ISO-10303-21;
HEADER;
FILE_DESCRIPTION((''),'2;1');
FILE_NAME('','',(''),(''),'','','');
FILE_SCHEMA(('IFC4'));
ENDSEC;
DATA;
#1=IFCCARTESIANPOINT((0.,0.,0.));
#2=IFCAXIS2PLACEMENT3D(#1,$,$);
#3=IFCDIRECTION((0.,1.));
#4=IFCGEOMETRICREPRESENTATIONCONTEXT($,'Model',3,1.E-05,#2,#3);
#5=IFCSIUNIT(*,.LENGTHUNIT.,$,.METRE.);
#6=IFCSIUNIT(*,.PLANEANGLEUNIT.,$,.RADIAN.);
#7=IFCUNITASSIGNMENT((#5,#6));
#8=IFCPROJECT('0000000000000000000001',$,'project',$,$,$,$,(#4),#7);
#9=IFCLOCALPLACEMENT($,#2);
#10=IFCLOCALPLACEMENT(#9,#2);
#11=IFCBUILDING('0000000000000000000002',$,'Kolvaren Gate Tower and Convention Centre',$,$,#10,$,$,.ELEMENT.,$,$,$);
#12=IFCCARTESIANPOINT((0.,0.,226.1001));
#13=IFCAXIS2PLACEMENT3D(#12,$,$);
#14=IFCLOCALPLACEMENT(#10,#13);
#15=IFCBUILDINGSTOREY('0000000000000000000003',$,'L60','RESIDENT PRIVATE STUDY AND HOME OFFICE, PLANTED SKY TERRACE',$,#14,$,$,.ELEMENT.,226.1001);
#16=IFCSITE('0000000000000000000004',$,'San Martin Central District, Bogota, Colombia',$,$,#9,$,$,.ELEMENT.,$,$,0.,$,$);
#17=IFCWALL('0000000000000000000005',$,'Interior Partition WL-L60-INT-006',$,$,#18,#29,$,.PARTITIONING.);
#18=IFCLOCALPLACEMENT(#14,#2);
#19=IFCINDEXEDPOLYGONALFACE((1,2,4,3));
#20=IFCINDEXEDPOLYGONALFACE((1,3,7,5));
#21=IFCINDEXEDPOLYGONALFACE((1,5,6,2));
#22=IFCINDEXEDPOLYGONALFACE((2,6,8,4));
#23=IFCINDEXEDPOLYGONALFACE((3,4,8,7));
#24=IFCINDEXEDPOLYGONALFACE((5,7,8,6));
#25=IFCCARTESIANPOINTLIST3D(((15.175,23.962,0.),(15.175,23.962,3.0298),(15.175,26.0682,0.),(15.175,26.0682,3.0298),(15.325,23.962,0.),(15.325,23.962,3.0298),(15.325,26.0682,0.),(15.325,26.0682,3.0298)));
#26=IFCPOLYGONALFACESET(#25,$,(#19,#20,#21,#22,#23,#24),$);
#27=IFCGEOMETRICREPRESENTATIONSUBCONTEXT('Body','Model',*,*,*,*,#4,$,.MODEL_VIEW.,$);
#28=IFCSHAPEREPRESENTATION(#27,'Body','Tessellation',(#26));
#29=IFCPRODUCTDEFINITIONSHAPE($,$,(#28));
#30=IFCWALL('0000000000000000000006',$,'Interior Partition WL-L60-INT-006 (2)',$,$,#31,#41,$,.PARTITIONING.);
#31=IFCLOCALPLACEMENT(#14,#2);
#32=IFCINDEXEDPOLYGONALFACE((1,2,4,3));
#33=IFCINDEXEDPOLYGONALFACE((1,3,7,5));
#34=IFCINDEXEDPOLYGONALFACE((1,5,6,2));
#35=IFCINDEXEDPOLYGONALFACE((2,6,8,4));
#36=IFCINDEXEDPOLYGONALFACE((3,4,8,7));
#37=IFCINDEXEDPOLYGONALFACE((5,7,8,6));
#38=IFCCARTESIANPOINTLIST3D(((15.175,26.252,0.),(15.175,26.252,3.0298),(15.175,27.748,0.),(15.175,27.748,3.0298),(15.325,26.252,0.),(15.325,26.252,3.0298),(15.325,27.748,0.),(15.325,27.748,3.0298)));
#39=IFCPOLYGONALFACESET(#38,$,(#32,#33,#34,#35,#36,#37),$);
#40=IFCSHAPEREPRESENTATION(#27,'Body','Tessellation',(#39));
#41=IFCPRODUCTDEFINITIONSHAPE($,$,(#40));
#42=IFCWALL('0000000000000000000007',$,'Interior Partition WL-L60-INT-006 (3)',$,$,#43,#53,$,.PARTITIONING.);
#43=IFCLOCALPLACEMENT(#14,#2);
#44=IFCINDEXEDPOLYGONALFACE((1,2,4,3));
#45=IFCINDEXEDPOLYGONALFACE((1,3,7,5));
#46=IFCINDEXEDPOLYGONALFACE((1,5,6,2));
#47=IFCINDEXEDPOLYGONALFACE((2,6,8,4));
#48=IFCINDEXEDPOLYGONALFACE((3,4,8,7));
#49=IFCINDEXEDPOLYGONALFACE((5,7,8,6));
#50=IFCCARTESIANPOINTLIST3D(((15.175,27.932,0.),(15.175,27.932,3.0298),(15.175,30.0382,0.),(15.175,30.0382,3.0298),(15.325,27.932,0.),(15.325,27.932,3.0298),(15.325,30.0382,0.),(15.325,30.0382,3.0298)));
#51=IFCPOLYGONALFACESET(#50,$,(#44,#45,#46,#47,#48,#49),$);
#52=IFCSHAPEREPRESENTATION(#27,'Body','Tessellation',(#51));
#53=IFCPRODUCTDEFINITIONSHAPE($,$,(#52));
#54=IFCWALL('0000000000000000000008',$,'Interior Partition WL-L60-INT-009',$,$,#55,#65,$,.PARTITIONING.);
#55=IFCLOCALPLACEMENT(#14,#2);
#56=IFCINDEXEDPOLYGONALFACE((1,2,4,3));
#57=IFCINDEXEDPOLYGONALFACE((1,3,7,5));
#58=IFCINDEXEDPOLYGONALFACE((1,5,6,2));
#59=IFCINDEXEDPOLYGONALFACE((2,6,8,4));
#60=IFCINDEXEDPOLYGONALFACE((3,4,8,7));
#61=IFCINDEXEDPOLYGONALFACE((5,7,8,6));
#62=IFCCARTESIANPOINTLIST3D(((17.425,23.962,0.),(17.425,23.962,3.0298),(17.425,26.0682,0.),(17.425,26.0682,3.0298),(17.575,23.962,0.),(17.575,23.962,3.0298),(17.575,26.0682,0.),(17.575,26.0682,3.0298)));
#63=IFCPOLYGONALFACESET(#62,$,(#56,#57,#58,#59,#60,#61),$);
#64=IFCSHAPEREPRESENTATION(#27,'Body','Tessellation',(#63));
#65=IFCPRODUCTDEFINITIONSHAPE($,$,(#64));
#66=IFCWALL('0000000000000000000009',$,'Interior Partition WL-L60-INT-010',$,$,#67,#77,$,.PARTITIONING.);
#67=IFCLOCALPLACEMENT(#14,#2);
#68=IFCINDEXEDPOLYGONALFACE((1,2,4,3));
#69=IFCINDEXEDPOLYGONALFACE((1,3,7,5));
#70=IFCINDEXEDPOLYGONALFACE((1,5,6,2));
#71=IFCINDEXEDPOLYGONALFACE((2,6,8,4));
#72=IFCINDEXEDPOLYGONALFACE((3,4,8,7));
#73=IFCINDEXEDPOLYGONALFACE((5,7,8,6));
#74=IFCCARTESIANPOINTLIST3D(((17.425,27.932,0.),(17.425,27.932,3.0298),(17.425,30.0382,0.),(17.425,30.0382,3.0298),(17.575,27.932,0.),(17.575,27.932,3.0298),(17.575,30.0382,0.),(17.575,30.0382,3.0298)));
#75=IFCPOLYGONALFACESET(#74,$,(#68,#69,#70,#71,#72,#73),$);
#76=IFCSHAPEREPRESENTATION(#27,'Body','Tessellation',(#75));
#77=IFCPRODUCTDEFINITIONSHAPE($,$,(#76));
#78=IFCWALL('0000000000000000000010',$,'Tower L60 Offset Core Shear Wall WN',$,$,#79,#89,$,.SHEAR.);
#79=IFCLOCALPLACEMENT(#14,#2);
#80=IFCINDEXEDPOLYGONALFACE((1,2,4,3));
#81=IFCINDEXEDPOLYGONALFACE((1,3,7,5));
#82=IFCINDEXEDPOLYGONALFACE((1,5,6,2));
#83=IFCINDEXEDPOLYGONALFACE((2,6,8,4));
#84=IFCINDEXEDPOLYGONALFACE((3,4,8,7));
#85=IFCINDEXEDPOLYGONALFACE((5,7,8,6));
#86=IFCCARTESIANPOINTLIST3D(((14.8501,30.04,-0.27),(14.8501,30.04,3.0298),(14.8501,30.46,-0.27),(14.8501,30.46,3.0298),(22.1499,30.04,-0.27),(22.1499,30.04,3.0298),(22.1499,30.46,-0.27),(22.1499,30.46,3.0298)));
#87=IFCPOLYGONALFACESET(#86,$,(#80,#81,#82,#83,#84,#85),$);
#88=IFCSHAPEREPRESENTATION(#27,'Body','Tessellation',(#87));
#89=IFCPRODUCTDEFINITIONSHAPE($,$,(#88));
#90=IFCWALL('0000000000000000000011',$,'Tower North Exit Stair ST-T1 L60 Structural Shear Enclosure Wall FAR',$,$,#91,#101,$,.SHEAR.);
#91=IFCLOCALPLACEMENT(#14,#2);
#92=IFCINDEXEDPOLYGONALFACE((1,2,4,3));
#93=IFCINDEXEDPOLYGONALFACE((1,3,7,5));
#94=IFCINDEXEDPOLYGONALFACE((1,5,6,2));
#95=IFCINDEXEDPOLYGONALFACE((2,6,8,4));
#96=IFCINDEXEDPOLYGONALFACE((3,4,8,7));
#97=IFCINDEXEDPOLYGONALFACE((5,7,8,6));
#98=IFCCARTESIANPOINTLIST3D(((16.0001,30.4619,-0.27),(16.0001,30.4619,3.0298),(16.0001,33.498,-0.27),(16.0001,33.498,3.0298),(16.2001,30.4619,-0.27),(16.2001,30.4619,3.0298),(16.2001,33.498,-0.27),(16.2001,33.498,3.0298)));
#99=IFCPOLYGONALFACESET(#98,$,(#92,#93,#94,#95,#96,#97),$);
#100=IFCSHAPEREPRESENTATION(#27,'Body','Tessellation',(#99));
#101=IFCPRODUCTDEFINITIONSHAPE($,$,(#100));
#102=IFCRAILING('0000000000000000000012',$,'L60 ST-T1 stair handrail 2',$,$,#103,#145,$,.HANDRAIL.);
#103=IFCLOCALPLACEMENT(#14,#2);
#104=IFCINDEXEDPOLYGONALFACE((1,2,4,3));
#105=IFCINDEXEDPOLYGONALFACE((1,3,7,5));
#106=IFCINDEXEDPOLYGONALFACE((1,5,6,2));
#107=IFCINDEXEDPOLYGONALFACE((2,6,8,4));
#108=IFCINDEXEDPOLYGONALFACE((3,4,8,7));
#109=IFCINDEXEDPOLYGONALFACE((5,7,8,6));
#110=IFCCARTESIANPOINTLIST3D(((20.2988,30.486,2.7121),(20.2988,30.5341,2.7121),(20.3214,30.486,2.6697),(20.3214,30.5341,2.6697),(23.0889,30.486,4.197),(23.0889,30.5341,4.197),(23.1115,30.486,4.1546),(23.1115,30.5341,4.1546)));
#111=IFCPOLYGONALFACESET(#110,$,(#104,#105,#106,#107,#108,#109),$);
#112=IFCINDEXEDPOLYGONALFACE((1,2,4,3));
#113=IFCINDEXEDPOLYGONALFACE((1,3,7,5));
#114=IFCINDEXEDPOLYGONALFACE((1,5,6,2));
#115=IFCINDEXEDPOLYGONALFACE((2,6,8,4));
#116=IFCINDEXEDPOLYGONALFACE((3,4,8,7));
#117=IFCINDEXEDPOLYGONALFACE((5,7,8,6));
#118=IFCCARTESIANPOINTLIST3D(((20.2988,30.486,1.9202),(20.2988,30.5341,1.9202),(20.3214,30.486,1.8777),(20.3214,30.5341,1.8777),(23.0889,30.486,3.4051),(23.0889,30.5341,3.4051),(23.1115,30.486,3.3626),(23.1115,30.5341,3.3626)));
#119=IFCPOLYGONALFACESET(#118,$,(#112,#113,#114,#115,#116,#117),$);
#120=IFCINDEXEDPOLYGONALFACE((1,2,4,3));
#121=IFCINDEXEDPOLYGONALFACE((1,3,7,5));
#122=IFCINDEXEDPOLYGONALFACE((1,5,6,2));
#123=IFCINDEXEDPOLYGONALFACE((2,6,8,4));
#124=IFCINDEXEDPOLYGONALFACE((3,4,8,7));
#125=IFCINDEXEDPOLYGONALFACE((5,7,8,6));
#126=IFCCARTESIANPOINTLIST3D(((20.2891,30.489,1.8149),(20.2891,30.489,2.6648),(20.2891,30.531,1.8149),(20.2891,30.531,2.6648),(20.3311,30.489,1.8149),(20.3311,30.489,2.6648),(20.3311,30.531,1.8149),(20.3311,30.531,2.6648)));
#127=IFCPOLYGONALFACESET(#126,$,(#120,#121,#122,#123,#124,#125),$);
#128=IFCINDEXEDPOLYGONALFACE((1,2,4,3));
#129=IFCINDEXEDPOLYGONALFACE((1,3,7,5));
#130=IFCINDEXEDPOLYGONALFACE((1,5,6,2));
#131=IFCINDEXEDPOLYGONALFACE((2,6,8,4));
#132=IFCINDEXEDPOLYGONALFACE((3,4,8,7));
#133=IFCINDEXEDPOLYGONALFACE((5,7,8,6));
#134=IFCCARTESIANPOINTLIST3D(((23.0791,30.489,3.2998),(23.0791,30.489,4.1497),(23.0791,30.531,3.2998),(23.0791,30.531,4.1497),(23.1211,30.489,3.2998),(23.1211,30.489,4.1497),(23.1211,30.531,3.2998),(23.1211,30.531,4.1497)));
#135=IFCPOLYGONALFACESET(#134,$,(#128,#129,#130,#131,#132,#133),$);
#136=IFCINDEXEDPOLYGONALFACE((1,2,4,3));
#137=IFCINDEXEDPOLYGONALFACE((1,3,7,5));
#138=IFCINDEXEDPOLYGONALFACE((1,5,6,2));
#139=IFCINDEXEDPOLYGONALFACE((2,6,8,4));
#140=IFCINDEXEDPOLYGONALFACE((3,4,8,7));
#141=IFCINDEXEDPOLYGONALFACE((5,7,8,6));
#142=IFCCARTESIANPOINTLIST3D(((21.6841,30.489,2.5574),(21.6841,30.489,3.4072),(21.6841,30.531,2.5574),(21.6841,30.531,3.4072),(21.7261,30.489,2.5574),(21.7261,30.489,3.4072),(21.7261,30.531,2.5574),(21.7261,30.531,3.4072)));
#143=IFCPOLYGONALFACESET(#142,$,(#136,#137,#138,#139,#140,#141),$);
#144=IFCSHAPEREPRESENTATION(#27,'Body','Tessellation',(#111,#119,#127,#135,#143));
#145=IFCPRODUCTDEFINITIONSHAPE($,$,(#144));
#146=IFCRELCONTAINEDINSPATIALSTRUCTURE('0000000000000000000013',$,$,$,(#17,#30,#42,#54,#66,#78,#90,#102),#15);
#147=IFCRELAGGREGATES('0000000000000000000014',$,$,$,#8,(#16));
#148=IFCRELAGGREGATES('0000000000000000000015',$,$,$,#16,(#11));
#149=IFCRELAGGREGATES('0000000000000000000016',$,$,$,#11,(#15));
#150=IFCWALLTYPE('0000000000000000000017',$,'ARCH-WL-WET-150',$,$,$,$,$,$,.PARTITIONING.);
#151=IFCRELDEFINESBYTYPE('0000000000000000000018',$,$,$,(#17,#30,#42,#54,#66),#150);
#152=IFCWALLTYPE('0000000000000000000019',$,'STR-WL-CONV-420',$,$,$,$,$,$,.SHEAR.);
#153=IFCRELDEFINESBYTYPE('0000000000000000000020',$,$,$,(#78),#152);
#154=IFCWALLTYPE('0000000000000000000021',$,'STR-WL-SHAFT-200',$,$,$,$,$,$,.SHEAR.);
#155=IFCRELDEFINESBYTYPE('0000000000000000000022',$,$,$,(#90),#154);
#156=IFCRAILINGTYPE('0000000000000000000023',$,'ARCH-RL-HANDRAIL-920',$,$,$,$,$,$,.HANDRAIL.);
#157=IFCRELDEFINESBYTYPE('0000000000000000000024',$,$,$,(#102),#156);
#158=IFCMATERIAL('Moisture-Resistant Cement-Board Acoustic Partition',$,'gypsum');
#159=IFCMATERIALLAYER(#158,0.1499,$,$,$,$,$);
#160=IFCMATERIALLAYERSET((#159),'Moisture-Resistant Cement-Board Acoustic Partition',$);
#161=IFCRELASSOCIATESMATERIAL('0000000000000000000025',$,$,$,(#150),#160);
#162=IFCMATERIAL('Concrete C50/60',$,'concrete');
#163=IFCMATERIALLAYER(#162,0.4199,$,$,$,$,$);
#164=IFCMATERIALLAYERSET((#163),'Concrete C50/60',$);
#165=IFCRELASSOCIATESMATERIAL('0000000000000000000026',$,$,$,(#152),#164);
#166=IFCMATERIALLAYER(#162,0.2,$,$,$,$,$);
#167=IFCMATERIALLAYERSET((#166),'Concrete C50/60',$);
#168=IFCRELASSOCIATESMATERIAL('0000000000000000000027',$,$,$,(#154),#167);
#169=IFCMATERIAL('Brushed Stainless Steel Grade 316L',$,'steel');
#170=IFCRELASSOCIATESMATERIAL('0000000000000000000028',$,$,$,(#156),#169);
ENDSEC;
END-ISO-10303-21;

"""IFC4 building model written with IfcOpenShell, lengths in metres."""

from ifc_helpers import new_model, si_unit, direction, frame, frame_2d, origin, origin_2d, place, context, subcontext, project, spatial, rectangle, extrude, material, layer, layer_set, type_object, element, save


model = new_model("IFC4")

# Units and contexts
model_context = context("Model", 3, precision=1e-05, world=origin(), true_north=direction((0.0, 1.0)))
body_context = subcontext(model_context, "Body", "Model", "MODEL_VIEW")
ifc_project = project(units=[si_unit("LENGTHUNIT", "METRE"), si_unit("PLANEANGLEUNIT", "RADIAN")], contexts=[model_context])

# Site, building, storey
site_placement = place(None, origin())
site = spatial("IfcSite", under=ifc_project, at=site_placement, Name="San Martin Central District, Bogota, Colombia", CompositionType="ELEMENT", RefElevation=0.0)
building_placement = place(site_placement, origin())
building = spatial("IfcBuilding", under=site, at=building_placement, Name="Kolvaren Gate Tower and Convention Centre", CompositionType="ELEMENT")
storey_placement = place(building_placement, frame((0.0, 0.0, 226.1001)))
storey = spatial("IfcBuildingStorey", under=building, at=storey_placement, Name="L60", Description="RESIDENT PRIVATE STUDY AND HOME OFFICE, PLANTED SKY TERRACE", CompositionType="ELEMENT", Elevation=226.1001)

# Walls
ifc_material_1 = material(Name="Moisture-Resistant Cement-Board Acoustic Partition", Category="gypsum")
ifc_layer_1 = layer(ifc_material_1, 0.1499)
ifc_layer_set_1 = layer_set([ifc_layer_1], Name="Moisture-Resistant Cement-Board Acoustic Partition")
wall_type_1 = type_object("IfcWallType", Name="ARCH-WL-WET-150", PredefinedType="PARTITIONING", material=ifc_layer_set_1)
wall_1_placement = place(storey_placement, frame((15.25, 23.9619, 0.0), z_axis=(0.0, 0.0, 1.0), x_axis=(0.0, 1.0, 0.0)))
element("IfcWall", 1, at=wall_1_placement, inside=storey, type_object=wall_type_1, Name="Interior Partition WL-L60-INT-006", PredefinedType="PARTITIONING", context=body_context, shape_type="SweptSolid", body=[
    extrude(rectangle(XDim=2.1062, YDim=0.1499, at=frame_2d((1.0532, 0.0))), origin(), (0.0, 0.0, 1.0), 3.0298),
])
wall_2_placement = place(storey_placement, frame((15.25, 26.252, 0.0), z_axis=(0.0, 0.0, 1.0), x_axis=(0.0, 1.0, 0.0)))
element("IfcWall", 2, at=wall_2_placement, inside=storey, type_object=wall_type_1, Name="Interior Partition WL-L60-INT-006 (2)", PredefinedType="PARTITIONING", context=body_context, shape_type="SweptSolid", body=[
    extrude(rectangle(XDim=1.4961, YDim=0.1499, at=frame_2d((0.748, 0.0))), origin(), (0.0, 0.0, 1.0), 3.0298),
])
for number, where, z_axis, x_axis, name in (
    (3, (15.25, 27.9319, 0.0), (0.0, 0.0, 1.0), (0.0, 1.0, 0.0), "Interior Partition WL-L60-INT-006 (3)"),
    (4, (17.5, 23.9619, 0.0), (0.0, 0.0, 1.0), (0.0, 1.0, 0.0), "Interior Partition WL-L60-INT-009"),
    (5, (17.5, 27.9319, 0.0), (0.0, 0.0, 1.0), (0.0, 1.0, 0.0), "Interior Partition WL-L60-INT-010"),
):
    element("IfcWall", number, at=place(storey_placement, frame(where, z_axis=z_axis, x_axis=x_axis)), inside=storey, type_object=wall_type_1, Name=name, PredefinedType="PARTITIONING", context=body_context, shape_type="SweptSolid", body=[
        extrude(rectangle(XDim=2.1062, YDim=0.1499, at=frame_2d((1.0532, 0.0))), origin(), (0.0, 0.0, 1.0), 3.0298),
    ])
ifc_material_2 = material(Name="Concrete C50/60", Category="concrete")
ifc_layer_2 = layer(ifc_material_2, 0.4199)
ifc_layer_set_2 = layer_set([ifc_layer_2], Name="Concrete C50/60")
wall_type_2 = type_object("IfcWallType", Name="STR-WL-CONV-420", PredefinedType="SHEAR", material=ifc_layer_set_2)
wall_3_placement = place(storey_placement, frame((14.8501, 30.25, -0.27), z_axis=(0.0, 0.0, 1.0), x_axis=(1.0, 0.0, 0.0)))
element("IfcWall", 6, at=wall_3_placement, inside=storey, type_object=wall_type_2, Name="Tower L60 Offset Core Shear Wall WN", PredefinedType="SHEAR", context=body_context, shape_type="SweptSolid", body=[
    extrude(rectangle(XDim=7.2998, YDim=0.4199, at=frame_2d((3.6499, 0.0))), origin(), (0.0, 0.0, 1.0), 3.2998),
])
ifc_layer_3 = layer(ifc_material_2, 0.2)
ifc_layer_set_3 = layer_set([ifc_layer_3], Name="Concrete C50/60")
wall_type_3 = type_object("IfcWallType", Name="STR-WL-SHAFT-200", PredefinedType="SHEAR", material=ifc_layer_set_3)
wall_4_placement = place(storey_placement, frame((16.1001, 30.4619, -0.27), z_axis=(0.0, 0.0, 1.0), x_axis=(0.0, 1.0, 0.0)))
element("IfcWall", 7, at=wall_4_placement, inside=storey, type_object=wall_type_3, Name="Tower North Exit Stair ST-T1 L60 Structural Shear Enclosure Wall FAR", PredefinedType="SHEAR", context=body_context, shape_type="SweptSolid", body=[
    extrude(rectangle(XDim=3.0361, YDim=0.2, at=frame_2d((1.5181, 0.0))), origin(), (0.0, 0.0, 1.0), 3.2998),
])

# Railing
ifc_material_3 = material(Name="Brushed Stainless Steel Grade 316L", Category="steel")
railing_type = type_object("IfcRailingType", Name="ARCH-RL-HANDRAIL-920", PredefinedType="HANDRAIL", material=ifc_material_3)
railing_placement = place(storey_placement, frame((20.3101, 30.51, 1.8149)))
element("IfcRailing", 8, at=railing_placement, inside=storey, type_object=railing_type, Name="L60 ST-T1 stair handrail 2", PredefinedType="HANDRAIL", context=body_context, shape_type="SweptSolid", body=[
    extrude(rectangle(XDim=0.0481, YDim=0.0481, at=origin_2d()), frame((0.0, 0.0, 0.876), z_axis=(0.882767, 0.0, 0.46981), x_axis=(0.0, 1.0, 0.0)), (0.0, 0.0, 1.0), 3.1606),
    extrude(rectangle(XDim=0.0481, YDim=0.0481, at=origin_2d()), frame((0.0, 0.0, 0.084), z_axis=(0.882767, 0.0, 0.46981), x_axis=(0.0, 1.0, 0.0)), (0.0, 0.0, 1.0), 3.1606),
    extrude(rectangle(XDim=0.042, YDim=0.042, at=origin_2d()), origin(), (0.0, 0.0, 1.0), 0.8499),
    extrude(rectangle(XDim=0.042, YDim=0.042, at=origin_2d()), frame((2.79, 0.0, 1.4849)), (0.0, 0.0, 1.0), 0.8499),
    extrude(rectangle(XDim=0.042, YDim=0.042, at=origin_2d()), frame((1.395, 0.0, 0.7424)), (0.0, 0.0, 1.0), 0.8499),
])

save(model, "model.ifc")
